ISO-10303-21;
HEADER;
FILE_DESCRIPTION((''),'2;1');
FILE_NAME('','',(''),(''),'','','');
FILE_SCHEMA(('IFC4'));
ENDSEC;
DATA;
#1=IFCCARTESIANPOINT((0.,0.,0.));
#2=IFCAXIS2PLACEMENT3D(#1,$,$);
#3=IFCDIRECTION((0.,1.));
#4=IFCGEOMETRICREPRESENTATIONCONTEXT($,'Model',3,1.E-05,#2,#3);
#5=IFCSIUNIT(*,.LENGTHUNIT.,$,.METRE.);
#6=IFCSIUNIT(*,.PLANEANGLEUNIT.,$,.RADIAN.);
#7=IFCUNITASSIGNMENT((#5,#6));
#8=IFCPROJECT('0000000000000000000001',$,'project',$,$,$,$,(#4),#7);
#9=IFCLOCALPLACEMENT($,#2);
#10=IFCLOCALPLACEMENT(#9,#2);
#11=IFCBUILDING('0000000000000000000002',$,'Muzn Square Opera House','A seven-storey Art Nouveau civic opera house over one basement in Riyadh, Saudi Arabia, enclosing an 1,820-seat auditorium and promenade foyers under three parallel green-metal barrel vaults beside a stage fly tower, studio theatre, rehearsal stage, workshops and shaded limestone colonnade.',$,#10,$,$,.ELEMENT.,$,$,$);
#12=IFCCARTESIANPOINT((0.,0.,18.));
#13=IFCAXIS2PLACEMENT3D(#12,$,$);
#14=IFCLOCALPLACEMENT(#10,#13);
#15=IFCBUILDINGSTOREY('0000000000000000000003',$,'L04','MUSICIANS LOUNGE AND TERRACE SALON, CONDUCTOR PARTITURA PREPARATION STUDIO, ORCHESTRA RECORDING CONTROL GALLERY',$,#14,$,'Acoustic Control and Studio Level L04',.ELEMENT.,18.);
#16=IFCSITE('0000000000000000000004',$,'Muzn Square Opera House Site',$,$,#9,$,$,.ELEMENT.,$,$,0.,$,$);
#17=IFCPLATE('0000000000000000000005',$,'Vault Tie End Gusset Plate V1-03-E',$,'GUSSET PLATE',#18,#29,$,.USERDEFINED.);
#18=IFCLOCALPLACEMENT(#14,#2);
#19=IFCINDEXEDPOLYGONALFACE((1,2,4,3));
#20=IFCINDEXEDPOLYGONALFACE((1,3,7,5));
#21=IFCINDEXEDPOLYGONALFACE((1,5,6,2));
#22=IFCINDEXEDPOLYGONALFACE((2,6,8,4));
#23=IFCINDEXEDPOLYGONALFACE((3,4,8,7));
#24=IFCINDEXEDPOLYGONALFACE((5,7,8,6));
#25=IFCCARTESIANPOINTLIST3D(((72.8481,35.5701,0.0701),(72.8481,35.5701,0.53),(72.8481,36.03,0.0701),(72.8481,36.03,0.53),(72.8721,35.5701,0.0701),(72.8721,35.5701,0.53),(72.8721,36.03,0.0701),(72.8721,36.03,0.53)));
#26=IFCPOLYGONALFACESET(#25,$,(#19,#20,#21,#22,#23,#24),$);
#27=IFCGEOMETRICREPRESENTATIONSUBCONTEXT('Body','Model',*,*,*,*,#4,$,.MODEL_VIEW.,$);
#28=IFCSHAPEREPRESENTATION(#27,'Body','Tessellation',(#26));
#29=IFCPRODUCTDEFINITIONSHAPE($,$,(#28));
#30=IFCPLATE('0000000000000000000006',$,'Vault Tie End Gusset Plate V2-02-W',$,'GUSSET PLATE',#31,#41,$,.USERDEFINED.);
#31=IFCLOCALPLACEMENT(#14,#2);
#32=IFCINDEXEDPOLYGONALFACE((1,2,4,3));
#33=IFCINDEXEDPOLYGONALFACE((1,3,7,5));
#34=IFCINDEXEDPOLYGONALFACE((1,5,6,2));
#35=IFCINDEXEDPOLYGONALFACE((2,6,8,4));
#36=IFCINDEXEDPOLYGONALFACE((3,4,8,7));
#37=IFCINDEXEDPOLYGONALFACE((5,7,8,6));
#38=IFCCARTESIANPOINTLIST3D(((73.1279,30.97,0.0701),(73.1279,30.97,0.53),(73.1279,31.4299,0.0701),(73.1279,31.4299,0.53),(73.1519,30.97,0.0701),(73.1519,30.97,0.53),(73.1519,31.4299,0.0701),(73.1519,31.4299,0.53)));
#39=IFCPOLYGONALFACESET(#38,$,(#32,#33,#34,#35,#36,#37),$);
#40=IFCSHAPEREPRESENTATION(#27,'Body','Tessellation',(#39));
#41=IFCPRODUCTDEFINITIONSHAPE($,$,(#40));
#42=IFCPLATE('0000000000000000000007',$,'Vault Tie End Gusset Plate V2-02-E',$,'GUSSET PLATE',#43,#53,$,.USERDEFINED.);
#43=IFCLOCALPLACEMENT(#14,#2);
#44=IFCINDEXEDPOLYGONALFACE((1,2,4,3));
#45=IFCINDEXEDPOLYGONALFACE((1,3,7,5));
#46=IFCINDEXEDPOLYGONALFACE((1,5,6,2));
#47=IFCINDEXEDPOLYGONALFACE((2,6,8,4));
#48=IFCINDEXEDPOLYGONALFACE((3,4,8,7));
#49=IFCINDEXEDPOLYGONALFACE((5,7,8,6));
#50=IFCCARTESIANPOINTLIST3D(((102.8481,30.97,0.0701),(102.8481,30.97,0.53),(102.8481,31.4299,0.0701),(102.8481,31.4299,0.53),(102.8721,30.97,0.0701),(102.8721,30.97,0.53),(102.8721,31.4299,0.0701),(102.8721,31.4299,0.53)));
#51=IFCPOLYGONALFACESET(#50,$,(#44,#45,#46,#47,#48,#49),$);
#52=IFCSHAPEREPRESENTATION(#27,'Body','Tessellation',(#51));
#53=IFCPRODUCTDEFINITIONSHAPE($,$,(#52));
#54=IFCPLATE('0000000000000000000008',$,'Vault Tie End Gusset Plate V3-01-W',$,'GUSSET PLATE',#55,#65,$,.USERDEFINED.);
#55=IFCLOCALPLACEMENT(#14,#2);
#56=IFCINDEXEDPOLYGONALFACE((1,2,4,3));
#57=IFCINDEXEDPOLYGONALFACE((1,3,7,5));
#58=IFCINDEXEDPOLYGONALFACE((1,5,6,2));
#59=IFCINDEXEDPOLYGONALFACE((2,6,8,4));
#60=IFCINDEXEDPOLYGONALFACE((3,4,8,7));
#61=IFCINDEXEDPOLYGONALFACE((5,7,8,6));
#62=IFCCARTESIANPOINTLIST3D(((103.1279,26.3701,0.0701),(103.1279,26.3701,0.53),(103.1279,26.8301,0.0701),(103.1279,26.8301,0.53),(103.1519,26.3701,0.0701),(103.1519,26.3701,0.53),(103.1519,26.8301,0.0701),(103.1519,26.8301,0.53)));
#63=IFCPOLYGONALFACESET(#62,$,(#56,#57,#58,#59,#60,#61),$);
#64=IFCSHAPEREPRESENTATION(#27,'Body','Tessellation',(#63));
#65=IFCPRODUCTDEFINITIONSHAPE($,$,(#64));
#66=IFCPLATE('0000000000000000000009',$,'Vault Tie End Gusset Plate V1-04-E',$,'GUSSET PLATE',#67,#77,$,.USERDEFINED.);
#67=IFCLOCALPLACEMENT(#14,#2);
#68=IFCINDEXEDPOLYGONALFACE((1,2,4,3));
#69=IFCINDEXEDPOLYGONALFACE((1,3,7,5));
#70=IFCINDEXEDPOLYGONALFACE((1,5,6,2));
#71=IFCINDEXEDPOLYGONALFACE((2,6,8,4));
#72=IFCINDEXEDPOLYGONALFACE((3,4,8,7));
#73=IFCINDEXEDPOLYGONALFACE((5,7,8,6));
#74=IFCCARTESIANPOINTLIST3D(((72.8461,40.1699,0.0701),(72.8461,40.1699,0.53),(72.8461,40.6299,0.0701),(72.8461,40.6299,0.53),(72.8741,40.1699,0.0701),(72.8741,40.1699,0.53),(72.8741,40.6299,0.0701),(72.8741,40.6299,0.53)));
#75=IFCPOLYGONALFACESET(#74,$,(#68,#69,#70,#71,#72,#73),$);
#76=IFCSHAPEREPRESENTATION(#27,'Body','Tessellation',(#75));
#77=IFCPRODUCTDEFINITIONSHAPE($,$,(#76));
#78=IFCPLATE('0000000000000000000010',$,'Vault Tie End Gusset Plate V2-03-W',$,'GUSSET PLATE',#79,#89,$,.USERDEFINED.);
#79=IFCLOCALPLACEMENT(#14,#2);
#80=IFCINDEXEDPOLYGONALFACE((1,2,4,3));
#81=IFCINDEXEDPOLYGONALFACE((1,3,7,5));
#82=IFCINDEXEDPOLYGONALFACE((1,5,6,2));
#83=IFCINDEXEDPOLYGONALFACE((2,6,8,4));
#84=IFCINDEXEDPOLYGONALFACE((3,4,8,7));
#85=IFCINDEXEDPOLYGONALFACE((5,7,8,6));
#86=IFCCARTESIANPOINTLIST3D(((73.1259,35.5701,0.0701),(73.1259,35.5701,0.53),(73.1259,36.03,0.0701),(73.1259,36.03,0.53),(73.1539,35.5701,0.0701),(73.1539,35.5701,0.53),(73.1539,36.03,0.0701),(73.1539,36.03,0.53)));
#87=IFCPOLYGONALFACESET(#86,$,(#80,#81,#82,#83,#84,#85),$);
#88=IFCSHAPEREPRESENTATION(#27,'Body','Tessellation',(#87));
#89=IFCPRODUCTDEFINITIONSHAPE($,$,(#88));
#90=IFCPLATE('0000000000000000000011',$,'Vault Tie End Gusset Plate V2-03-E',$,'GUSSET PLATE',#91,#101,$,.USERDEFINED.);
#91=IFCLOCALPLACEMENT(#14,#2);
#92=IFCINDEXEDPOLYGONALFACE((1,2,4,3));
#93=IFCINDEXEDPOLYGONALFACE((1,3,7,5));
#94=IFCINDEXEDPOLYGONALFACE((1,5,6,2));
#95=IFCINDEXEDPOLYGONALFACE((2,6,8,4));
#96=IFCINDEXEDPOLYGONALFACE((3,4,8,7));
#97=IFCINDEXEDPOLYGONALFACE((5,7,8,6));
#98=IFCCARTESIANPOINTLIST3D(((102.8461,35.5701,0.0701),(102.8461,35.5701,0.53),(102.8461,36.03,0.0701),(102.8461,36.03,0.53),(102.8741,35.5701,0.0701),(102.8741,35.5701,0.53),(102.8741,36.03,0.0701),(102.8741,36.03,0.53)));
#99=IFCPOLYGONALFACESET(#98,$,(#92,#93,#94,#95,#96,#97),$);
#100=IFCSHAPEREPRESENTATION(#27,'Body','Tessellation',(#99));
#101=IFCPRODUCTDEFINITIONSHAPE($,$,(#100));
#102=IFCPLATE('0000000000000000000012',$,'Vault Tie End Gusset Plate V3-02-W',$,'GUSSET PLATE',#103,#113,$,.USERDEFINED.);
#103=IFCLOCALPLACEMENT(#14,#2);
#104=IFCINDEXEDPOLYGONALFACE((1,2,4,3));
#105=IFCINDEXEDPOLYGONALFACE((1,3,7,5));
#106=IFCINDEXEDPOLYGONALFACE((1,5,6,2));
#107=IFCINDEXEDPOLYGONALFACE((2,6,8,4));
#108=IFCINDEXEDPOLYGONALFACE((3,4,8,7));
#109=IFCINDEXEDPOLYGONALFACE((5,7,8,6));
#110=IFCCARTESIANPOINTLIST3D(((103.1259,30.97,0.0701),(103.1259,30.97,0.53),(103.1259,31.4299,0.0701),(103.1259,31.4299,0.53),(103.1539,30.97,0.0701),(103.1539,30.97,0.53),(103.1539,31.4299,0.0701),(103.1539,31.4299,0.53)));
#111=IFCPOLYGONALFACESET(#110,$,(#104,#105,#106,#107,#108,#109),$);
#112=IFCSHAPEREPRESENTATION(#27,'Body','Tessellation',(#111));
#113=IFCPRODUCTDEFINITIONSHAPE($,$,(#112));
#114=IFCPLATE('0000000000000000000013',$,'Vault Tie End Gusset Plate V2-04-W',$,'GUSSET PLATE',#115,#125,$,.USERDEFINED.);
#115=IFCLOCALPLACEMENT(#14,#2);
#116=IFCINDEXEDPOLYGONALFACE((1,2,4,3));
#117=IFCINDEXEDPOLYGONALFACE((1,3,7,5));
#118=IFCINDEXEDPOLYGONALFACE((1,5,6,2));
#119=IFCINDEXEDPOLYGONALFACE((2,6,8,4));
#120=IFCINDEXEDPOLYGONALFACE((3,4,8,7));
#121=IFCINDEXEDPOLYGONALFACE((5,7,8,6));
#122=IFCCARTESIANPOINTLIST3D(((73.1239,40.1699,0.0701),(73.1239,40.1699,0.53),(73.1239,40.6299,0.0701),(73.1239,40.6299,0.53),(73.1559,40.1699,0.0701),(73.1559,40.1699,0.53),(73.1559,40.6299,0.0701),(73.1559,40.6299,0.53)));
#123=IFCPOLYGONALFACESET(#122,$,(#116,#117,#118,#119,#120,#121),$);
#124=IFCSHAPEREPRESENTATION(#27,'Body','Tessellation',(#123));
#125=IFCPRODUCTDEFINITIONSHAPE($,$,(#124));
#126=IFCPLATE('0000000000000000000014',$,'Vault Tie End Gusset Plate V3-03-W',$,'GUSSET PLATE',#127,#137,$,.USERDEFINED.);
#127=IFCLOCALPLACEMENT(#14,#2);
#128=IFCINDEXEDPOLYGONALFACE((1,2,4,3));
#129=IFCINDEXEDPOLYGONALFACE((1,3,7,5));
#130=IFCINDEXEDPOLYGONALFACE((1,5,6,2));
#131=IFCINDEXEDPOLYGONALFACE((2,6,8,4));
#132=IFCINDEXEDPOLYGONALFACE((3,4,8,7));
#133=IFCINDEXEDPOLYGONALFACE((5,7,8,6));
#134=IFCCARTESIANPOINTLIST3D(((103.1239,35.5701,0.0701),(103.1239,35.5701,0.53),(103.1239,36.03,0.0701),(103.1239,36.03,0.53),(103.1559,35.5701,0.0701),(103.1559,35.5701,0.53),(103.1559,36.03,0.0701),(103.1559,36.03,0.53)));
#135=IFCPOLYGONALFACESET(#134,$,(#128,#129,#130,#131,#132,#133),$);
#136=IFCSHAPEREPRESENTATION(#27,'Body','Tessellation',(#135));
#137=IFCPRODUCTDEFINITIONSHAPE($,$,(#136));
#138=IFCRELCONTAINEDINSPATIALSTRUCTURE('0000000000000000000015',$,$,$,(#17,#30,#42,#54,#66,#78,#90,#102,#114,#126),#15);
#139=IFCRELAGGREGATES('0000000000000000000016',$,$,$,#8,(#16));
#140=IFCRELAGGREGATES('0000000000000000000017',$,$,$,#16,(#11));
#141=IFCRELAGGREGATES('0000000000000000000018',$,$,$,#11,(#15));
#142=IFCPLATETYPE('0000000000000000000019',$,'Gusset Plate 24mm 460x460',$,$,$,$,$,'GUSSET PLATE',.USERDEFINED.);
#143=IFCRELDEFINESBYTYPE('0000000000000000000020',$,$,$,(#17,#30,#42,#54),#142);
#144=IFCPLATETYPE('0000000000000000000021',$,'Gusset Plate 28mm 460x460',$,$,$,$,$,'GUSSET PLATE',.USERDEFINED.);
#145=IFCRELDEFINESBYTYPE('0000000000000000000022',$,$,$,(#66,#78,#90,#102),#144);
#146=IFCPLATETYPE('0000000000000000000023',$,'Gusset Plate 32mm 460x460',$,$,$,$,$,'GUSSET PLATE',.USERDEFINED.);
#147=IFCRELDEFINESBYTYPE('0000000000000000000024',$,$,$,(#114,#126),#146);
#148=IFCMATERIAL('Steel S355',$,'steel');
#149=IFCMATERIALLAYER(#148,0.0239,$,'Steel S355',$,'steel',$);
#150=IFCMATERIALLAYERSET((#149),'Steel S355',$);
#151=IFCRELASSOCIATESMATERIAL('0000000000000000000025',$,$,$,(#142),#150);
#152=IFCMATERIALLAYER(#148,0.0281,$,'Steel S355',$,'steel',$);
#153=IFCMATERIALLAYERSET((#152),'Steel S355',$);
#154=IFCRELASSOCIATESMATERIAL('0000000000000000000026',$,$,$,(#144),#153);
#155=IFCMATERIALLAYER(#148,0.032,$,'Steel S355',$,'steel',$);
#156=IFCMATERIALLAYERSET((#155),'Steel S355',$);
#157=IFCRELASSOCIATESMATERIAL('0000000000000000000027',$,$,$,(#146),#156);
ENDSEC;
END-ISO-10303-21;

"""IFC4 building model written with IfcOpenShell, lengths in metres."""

from ifc_helpers import new_model, si_unit, direction, frame, origin, origin_2d, place, context, subcontext, project, spatial, rectangle, extrude, material, layer, layer_set, type_object, element, save


model = new_model("IFC4")

# Units and contexts
model_context = context("Model", 3, precision=1e-05, world=origin(), true_north=direction((0.0, 1.0)))
body_context = subcontext(model_context, "Body", "Model", "MODEL_VIEW")
ifc_project = project(units=[si_unit("LENGTHUNIT", "METRE"), si_unit("PLANEANGLEUNIT", "RADIAN")], contexts=[model_context])

# Site, building, storey
site_placement = place(None, origin())
site = spatial("IfcSite", under=ifc_project, at=site_placement, Name="Muzn Square Opera House Site", CompositionType="ELEMENT", RefElevation=0.0)
building_placement = place(site_placement, origin())
building = spatial("IfcBuilding", under=site, at=building_placement, Name="Muzn Square Opera House", Description="A seven-storey Art Nouveau civic opera house over one basement in Riyadh, Saudi Arabia, enclosing an 1,820-seat auditorium and promenade foyers under three parallel green-metal barrel vaults beside a stage fly tower, studio theatre, rehearsal stage, workshops and shaded limestone colonnade.", CompositionType="ELEMENT")
storey_placement = place(building_placement, frame((0.0, 0.0, 18.0)))
storey = spatial("IfcBuildingStorey", under=building, at=storey_placement, Name="L04", Description="MUSICIANS LOUNGE AND TERRACE SALON, CONDUCTOR PARTITURA PREPARATION STUDIO, ORCHESTRA RECORDING CONTROL GALLERY", LongName="Acoustic Control and Studio Level L04", CompositionType="ELEMENT", Elevation=18.0)

# Shared definitions
ifc_material = material(Name="Steel S355", Category="steel")

# Plates
ifc_layer_1 = layer(ifc_material, 0.0239, Name="Steel S355", Category="steel")
ifc_layer_set_1 = layer_set([ifc_layer_1], Name="Steel S355")
plate_type_1 = type_object("IfcPlateType", Name="Gusset Plate 24mm 460x460", ElementType="GUSSET PLATE", PredefinedType="USERDEFINED", material=ifc_layer_set_1)
for number, where, z_axis, x_axis, name in (
    (1, (72.8601, 35.8, 0.0701), (0.0, 0.0, 1.0), (1.0, 0.0, 0.0), "Vault Tie End Gusset Plate V1-03-E"),
    (2, (73.1399, 31.2, 0.0701), (0.0, 0.0, 1.0), (1.0, 0.0, 0.0), "Vault Tie End Gusset Plate V2-02-W"),
    (3, (102.8601, 31.2, 0.0701), (0.0, 0.0, 1.0), (1.0, 0.0, 0.0), "Vault Tie End Gusset Plate V2-02-E"),
    (4, (103.1399, 26.6001, 0.0701), (0.0, 0.0, 1.0), (1.0, 0.0, 0.0), "Vault Tie End Gusset Plate V3-01-W"),
):
    element("IfcPlate", number, at=place(storey_placement, frame(where, z_axis=z_axis, x_axis=x_axis)), inside=storey, type_object=plate_type_1, Name=name, ObjectType="GUSSET PLATE", PredefinedType="USERDEFINED", context=body_context, shape_type="SweptSolid", body=[
        extrude(rectangle(XDim=0.0239, YDim=0.46, at=origin_2d()), origin(), (0.0, 0.0, 1.0), 0.46),
    ])
ifc_layer_2 = layer(ifc_material, 0.0281, Name="Steel S355", Category="steel")
ifc_layer_set_2 = layer_set([ifc_layer_2], Name="Steel S355")
plate_type_2 = type_object("IfcPlateType", Name="Gusset Plate 28mm 460x460", ElementType="GUSSET PLATE", PredefinedType="USERDEFINED", material=ifc_layer_set_2)
for number, where, z_axis, x_axis, name in (
    (5, (72.8601, 40.3999, 0.0701), (0.0, 0.0, 1.0), (1.0, 0.0, 0.0), "Vault Tie End Gusset Plate V1-04-E"),
    (6, (73.1399, 35.8, 0.0701), (0.0, 0.0, 1.0), (1.0, 0.0, 0.0), "Vault Tie End Gusset Plate V2-03-W"),
    (7, (102.8601, 35.8, 0.0701), (0.0, 0.0, 1.0), (1.0, 0.0, 0.0), "Vault Tie End Gusset Plate V2-03-E"),
    (8, (103.1399, 31.2, 0.0701), (0.0, 0.0, 1.0), (1.0, 0.0, 0.0), "Vault Tie End Gusset Plate V3-02-W"),
):
    element("IfcPlate", number, at=place(storey_placement, frame(where, z_axis=z_axis, x_axis=x_axis)), inside=storey, type_object=plate_type_2, Name=name, ObjectType="GUSSET PLATE", PredefinedType="USERDEFINED", context=body_context, shape_type="SweptSolid", body=[
        extrude(rectangle(XDim=0.0281, YDim=0.46, at=origin_2d()), origin(), (0.0, 0.0, 1.0), 0.46),
    ])
ifc_layer_3 = layer(ifc_material, 0.032, Name="Steel S355", Category="steel")
ifc_layer_set_3 = layer_set([ifc_layer_3], Name="Steel S355")
plate_type_3 = type_object("IfcPlateType", Name="Gusset Plate 32mm 460x460", ElementType="GUSSET PLATE", PredefinedType="USERDEFINED", material=ifc_layer_set_3)
for number, where, z_axis, x_axis, name in (
    (9, (73.1399, 40.3999, 0.0701), (0.0, 0.0, 1.0), (1.0, 0.0, 0.0), "Vault Tie End Gusset Plate V2-04-W"),
    (10, (103.1399, 35.8, 0.0701), (0.0, 0.0, 1.0), (1.0, 0.0, 0.0), "Vault Tie End Gusset Plate V3-03-W"),
):
    element("IfcPlate", number, at=place(storey_placement, frame(where, z_axis=z_axis, x_axis=x_axis)), inside=storey, type_object=plate_type_3, Name=name, ObjectType="GUSSET PLATE", PredefinedType="USERDEFINED", context=body_context, shape_type="SweptSolid", body=[
        extrude(rectangle(XDim=0.032, YDim=0.46, at=origin_2d()), origin(), (0.0, 0.0, 1.0), 0.46),
    ])

save(model, "model.ifc")
